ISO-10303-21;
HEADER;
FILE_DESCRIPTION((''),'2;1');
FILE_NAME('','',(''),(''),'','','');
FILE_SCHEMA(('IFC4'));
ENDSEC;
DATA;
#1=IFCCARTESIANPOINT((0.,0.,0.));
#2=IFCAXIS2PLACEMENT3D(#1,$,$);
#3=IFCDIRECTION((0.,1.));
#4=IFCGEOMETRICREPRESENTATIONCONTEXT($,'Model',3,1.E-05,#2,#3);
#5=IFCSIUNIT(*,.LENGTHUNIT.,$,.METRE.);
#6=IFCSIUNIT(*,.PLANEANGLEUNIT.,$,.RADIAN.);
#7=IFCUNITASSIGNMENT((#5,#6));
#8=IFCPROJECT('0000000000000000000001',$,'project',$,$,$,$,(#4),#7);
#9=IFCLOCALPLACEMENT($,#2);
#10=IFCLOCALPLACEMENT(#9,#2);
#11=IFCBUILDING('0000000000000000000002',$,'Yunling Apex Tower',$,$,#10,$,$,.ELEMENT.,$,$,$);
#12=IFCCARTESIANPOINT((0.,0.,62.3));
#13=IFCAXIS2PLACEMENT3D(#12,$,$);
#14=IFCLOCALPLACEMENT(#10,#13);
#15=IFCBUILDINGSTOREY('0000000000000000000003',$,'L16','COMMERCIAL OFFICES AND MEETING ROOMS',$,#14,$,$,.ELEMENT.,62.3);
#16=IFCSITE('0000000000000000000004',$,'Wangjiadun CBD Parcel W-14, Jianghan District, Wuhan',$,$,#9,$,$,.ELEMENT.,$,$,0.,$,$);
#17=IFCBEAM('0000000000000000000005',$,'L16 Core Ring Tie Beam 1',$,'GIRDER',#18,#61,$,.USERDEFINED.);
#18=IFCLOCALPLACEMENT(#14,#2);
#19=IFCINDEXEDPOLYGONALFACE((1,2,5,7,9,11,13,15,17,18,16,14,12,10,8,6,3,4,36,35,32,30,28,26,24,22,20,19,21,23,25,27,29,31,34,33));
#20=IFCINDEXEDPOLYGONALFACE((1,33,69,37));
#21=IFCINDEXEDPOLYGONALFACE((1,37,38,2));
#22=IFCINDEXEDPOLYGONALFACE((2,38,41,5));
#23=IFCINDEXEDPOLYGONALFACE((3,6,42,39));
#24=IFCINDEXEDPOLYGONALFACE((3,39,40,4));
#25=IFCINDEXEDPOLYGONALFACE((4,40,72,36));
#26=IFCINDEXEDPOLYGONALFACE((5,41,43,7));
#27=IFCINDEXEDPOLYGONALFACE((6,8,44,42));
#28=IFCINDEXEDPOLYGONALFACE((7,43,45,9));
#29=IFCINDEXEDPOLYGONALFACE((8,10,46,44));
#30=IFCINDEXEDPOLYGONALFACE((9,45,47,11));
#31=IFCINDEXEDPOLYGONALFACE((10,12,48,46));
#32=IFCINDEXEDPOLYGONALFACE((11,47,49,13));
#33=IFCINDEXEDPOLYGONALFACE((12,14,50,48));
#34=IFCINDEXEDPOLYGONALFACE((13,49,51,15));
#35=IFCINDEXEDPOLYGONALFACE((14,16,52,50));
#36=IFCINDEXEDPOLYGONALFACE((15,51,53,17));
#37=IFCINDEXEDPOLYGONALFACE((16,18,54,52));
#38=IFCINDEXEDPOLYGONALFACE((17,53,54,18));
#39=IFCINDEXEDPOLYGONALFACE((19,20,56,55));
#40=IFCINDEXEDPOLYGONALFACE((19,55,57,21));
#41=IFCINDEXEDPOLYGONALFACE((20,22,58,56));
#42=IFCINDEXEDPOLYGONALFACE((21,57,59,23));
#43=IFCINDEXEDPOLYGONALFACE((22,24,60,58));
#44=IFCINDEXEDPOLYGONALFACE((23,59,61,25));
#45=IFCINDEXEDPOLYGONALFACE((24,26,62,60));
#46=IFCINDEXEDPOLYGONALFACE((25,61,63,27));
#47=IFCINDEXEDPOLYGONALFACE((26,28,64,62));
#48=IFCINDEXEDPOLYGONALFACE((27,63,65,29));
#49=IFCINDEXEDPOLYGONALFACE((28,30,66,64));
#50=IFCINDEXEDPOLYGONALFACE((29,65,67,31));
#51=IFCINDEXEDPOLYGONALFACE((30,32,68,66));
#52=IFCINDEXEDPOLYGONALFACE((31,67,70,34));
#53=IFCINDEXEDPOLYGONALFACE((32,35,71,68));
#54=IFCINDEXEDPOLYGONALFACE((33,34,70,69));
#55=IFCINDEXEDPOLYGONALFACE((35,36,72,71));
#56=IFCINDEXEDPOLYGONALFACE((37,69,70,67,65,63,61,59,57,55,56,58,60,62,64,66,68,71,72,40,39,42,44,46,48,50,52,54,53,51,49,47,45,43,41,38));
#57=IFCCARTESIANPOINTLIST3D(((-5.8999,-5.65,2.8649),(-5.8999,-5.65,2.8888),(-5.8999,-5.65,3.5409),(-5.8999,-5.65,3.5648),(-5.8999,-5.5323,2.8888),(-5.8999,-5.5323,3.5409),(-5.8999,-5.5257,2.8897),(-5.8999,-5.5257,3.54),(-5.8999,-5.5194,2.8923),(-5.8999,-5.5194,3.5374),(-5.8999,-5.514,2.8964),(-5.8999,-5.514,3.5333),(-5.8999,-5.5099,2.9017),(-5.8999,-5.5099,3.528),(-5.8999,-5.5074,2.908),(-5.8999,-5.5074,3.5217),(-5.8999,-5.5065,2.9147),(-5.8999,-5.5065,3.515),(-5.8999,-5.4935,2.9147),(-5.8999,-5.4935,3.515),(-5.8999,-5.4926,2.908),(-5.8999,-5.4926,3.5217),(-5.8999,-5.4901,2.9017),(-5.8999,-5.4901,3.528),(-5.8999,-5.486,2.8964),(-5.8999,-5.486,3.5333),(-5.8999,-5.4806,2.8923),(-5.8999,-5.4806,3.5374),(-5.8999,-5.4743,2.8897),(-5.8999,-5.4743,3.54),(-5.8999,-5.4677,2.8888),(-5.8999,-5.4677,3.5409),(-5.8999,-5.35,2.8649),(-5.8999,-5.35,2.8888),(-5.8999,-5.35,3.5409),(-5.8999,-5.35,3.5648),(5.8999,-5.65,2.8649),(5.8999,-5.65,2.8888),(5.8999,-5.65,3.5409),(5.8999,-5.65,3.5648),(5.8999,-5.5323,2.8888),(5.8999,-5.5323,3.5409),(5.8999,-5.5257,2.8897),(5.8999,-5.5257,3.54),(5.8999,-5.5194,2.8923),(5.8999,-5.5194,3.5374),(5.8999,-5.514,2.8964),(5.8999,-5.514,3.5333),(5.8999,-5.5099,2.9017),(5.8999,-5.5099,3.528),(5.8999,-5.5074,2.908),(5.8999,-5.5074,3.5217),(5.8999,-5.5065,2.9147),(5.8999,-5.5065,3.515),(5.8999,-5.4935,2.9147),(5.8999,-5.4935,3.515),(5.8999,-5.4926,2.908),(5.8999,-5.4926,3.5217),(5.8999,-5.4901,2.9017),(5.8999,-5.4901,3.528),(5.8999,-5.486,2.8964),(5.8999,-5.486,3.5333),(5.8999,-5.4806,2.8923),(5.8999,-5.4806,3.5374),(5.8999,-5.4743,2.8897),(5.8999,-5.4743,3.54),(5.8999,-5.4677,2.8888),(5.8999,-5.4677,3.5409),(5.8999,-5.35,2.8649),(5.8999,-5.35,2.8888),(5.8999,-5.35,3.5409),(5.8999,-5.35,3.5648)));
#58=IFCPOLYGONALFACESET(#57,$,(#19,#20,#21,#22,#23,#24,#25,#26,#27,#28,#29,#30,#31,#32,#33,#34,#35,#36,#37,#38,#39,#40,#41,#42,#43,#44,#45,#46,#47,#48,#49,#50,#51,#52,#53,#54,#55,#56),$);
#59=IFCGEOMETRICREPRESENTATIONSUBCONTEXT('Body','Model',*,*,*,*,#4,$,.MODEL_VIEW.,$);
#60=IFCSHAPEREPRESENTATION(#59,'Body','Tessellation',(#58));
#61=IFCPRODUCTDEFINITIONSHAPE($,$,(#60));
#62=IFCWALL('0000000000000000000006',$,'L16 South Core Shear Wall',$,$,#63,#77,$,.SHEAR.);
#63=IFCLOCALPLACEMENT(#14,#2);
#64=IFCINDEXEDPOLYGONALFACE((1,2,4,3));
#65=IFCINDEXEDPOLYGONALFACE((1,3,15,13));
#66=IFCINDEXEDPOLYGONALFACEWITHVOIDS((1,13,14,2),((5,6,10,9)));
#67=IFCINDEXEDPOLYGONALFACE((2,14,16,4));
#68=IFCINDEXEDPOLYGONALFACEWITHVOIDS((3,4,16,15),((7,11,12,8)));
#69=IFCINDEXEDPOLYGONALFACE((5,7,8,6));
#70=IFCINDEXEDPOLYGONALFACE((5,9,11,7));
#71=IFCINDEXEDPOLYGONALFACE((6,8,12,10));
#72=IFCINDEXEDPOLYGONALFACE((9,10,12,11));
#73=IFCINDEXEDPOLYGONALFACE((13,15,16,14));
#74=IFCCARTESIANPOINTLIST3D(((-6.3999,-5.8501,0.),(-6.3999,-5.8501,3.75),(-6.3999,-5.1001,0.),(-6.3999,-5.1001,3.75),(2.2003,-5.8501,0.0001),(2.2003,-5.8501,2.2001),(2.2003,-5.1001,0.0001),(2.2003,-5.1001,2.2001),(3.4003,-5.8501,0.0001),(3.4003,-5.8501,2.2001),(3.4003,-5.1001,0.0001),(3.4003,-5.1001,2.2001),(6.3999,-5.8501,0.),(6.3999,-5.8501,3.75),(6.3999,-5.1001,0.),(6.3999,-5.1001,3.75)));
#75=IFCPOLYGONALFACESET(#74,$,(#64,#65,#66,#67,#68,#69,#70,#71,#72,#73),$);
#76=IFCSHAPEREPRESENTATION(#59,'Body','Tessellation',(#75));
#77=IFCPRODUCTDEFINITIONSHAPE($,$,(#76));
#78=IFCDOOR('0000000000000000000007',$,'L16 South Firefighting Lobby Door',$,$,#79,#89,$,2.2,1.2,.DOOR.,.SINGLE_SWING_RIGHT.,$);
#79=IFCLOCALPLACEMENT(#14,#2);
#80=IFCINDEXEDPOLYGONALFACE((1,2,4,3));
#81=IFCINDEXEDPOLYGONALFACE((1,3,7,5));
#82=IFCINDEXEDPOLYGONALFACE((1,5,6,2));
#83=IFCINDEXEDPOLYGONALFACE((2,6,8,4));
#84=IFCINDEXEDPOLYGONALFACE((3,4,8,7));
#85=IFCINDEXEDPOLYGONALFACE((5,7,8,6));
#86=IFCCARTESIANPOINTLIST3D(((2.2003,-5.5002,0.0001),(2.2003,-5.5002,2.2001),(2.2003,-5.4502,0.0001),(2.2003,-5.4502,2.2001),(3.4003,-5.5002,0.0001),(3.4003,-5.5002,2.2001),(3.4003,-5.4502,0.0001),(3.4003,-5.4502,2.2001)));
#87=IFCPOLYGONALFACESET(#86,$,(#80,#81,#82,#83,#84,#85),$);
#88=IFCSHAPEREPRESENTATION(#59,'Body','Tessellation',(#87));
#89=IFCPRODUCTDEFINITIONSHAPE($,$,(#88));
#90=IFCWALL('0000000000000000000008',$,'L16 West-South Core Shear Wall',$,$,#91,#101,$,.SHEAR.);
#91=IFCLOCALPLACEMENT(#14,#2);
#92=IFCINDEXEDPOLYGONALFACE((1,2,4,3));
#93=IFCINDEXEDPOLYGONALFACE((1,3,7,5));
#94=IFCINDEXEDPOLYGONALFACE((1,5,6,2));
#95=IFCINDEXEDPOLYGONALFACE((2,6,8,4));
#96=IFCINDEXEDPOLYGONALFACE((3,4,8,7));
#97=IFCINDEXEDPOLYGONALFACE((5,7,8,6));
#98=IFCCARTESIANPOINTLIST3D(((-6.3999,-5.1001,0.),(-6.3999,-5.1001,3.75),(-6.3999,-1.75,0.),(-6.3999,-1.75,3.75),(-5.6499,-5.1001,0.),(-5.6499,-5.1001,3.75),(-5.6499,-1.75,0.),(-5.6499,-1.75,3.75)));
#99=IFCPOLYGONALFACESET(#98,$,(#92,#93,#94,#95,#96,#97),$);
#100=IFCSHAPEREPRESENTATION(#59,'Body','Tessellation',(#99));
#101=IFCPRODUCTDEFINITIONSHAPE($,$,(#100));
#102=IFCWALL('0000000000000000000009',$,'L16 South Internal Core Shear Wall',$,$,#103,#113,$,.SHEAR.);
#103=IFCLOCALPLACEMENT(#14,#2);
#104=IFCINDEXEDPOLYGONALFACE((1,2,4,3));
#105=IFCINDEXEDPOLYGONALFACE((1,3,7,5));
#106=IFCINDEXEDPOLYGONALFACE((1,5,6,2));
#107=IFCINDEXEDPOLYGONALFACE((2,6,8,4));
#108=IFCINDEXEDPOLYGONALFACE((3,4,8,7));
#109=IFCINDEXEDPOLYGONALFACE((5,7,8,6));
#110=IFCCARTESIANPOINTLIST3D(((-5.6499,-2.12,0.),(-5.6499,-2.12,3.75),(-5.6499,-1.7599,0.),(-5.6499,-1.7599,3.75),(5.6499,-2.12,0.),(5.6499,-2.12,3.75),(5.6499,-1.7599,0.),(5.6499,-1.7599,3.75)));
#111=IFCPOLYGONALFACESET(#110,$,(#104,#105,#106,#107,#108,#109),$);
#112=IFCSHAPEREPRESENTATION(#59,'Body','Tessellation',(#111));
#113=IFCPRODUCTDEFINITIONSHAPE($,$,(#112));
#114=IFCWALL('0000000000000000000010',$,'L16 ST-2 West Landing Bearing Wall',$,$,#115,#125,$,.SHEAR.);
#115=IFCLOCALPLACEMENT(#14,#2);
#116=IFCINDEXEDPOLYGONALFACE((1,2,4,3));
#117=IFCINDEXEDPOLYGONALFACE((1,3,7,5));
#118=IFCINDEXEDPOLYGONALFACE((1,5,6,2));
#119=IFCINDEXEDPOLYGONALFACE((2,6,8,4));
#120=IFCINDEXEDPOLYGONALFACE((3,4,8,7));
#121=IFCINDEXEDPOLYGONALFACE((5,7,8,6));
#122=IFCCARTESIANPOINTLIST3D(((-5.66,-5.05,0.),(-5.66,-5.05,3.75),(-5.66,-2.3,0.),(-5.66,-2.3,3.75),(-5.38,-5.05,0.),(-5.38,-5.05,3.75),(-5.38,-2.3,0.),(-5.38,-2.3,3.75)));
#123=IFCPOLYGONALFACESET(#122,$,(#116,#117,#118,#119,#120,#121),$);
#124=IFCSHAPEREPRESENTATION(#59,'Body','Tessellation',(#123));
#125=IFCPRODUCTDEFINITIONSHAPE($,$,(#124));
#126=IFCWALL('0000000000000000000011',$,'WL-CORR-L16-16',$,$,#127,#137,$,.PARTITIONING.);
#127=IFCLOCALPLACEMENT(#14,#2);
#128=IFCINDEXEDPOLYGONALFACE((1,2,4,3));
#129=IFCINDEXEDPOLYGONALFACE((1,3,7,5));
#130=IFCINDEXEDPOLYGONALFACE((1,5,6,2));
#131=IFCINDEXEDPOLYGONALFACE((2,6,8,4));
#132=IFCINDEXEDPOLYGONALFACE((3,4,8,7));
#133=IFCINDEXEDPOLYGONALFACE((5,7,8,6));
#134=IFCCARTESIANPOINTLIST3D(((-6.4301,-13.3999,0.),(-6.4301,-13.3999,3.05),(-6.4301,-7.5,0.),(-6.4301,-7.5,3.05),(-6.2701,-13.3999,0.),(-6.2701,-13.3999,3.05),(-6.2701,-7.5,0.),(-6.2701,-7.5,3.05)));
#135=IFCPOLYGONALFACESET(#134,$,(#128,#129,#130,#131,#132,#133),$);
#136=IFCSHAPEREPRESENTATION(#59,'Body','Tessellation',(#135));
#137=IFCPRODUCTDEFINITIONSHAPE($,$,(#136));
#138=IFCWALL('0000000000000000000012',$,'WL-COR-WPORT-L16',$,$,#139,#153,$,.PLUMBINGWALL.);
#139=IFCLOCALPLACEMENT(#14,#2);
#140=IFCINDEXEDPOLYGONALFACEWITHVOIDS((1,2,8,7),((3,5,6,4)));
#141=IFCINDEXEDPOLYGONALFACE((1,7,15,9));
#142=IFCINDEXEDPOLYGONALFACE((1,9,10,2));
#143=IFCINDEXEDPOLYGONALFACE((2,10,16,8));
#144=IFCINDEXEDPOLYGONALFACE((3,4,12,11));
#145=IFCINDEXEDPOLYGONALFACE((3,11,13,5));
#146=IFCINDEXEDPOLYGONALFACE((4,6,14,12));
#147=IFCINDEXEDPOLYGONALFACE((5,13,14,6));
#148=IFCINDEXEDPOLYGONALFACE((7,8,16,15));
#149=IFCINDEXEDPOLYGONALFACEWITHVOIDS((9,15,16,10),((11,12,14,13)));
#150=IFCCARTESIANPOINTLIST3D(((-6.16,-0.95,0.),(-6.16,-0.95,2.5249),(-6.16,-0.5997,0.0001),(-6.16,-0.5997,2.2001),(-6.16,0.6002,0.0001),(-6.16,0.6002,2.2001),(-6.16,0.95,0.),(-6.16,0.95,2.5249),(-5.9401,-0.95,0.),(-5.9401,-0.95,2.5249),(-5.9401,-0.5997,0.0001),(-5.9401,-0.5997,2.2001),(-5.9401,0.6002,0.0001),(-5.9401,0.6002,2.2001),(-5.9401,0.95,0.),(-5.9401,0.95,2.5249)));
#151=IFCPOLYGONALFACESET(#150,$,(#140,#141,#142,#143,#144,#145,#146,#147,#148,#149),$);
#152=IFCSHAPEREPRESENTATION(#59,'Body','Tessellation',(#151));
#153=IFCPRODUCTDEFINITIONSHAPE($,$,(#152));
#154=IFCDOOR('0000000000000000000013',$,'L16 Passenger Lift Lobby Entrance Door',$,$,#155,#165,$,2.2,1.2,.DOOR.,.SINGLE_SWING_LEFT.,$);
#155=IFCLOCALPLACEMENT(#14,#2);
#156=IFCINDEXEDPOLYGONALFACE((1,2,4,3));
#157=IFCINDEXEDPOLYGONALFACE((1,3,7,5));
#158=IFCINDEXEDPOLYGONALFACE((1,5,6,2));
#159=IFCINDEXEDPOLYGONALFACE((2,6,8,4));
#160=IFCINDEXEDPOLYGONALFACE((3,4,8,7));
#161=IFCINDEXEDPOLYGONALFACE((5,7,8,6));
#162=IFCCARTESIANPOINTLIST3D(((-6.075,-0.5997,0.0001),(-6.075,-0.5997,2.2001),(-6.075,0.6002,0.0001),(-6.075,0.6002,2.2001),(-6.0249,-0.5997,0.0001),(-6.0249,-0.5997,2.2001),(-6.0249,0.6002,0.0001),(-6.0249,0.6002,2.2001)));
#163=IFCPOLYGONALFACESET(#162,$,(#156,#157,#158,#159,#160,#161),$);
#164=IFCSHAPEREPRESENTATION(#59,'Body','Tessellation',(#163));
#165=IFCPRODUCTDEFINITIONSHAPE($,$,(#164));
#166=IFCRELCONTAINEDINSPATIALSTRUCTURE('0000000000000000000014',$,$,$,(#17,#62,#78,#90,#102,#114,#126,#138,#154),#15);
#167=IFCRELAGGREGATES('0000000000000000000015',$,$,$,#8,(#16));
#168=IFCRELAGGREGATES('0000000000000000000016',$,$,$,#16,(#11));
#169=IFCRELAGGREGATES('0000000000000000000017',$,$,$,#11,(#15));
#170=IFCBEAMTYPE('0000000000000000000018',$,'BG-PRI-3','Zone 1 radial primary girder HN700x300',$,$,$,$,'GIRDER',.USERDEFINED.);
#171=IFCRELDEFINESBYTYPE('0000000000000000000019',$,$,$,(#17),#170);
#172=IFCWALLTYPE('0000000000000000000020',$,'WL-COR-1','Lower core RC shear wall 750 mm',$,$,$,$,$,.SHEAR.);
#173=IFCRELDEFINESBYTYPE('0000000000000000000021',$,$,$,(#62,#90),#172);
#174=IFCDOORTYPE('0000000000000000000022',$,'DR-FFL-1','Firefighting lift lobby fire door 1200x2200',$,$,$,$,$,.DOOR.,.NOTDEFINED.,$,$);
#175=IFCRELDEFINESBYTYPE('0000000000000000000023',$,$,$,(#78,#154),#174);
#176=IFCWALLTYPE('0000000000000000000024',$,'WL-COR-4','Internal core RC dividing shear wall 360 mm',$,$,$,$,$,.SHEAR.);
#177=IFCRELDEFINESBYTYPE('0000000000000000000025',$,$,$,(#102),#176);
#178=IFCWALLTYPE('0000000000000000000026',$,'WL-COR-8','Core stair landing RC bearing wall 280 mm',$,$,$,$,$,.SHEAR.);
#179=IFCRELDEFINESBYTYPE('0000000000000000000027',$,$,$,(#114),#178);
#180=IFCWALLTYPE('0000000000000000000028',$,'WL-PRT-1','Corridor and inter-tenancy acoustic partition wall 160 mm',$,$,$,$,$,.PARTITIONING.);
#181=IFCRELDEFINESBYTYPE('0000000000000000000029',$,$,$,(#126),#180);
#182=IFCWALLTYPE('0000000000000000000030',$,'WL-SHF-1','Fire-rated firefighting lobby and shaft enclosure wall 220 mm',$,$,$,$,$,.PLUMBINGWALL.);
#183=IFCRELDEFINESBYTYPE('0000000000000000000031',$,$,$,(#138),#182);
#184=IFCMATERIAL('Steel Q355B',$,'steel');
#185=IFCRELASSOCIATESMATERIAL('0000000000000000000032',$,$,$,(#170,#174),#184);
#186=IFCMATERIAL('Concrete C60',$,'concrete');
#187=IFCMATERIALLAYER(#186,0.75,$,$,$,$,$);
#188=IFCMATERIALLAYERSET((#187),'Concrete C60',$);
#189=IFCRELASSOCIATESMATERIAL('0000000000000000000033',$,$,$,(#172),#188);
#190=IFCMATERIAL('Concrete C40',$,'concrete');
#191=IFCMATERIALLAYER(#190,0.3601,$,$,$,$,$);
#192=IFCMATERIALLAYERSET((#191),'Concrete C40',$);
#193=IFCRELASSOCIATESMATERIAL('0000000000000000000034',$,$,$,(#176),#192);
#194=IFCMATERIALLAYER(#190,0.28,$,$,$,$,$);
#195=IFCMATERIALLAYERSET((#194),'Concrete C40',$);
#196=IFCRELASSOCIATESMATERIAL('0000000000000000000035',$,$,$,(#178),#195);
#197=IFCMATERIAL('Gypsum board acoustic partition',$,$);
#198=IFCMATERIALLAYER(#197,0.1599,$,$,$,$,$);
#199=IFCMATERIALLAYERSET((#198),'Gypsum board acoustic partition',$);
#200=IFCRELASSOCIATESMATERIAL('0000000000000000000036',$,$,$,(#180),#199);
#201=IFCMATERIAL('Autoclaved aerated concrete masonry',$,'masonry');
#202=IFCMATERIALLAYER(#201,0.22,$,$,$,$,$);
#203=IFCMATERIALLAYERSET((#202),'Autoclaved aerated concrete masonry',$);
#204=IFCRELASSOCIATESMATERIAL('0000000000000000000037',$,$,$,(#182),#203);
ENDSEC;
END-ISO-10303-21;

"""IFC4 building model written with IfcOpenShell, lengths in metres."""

from ifc_helpers import new_model, si_unit, direction, frame, frame_2d, origin, origin_2d, place, context, subcontext, project, spatial, rectangle, i_section, extrude, source, transform, mapped, material, layer, layer_set, material_profile, profile_set, type_object, element, fill, save


model = new_model("IFC4")

# Units and contexts
model_context = context("Model", 3, precision=1e-05, world=origin(), true_north=direction((0.0, 1.0)))
body_context = subcontext(model_context, "Body", "Model", "MODEL_VIEW")
ifc_project = project(units=[si_unit("LENGTHUNIT", "METRE"), si_unit("PLANEANGLEUNIT", "RADIAN")], contexts=[model_context])

# Site, building, storey
site_placement = place(None, origin())
site = spatial("IfcSite", under=ifc_project, at=site_placement, Name="Wangjiadun CBD Parcel W-14, Jianghan District, Wuhan", CompositionType="ELEMENT", RefElevation=0.0)
building_placement = place(site_placement, origin())
building = spatial("IfcBuilding", under=site, at=building_placement, Name="Yunling Apex Tower", CompositionType="ELEMENT")
storey_placement = place(building_placement, frame((0.0, 0.0, 62.3)))
storey = spatial("IfcBuildingStorey", under=building, at=storey_placement, Name="L16", Description="COMMERCIAL OFFICES AND MEETING ROOMS", CompositionType="ELEMENT", Elevation=62.3)

# Shared definitions
ifc_material_1 = material(Name="Concrete C60", Category="concrete")

# Beam
ifc_material_2 = material(Name="Steel Q355B", Category="steel")
ifc_material_profile_1 = material_profile(ifc_material_2, i_section(OverallWidth=0.3, OverallDepth=0.7, WebThickness=0.0129, FlangeThickness=0.0239, FilletRadius=0.0259, at=origin_2d()))
ifc_profile_set_1 = profile_set([ifc_material_profile_1], Name="Steel Q355B")
beam_type_1 = type_object("IfcBeamType", Name="BG-PRI-3", Description="Zone 1 radial primary girder HN700x300", ElementType="GIRDER", PredefinedType="USERDEFINED", material=ifc_profile_set_1)
shared_shape_1 = source(origin(), body_context, "Body", "SweptSolid", [
    extrude(i_section(OverallWidth=0.3, OverallDepth=0.7, WebThickness=0.0129, FlangeThickness=0.0239, FilletRadius=0.0259, at=origin_2d()), origin(), (0.0, 0.0, 1.0), 11.7998),
])
beam_1_placement = place(storey_placement, frame((-5.8999, -5.5, 3.2148), z_axis=(1.0, 0.0, 0.0), x_axis=(0.0, 1.0, 0.0)))
element("IfcBeam", 1, at=beam_1_placement, inside=storey, type_object=beam_type_1, Name="L16 Core Ring Tie Beam 1", ObjectType="GIRDER", PredefinedType="USERDEFINED", context=body_context, shape_type="MappedRepresentation", body=[
    mapped(shared_shape_1, transform((0.0, 0.0, 0.0), scale=1.0)),
])

# Wall, opening, door
ifc_layer_1 = layer(ifc_material_1, 0.75)
ifc_layer_set_1 = layer_set([ifc_layer_1], Name="Concrete C60")
wall_type_1 = type_object("IfcWallType", Name="WL-COR-1", Description="Lower core RC shear wall 750 mm", PredefinedType="SHEAR", material=ifc_layer_set_1)
wall_1_placement = place(storey_placement, frame((-6.3999, -5.4751, 0.0), z_axis=(0.0, 0.0, 1.0), x_axis=(1.0, 0.0, 0.0)))
wall_1 = element("IfcWall", 2, at=wall_1_placement, inside=storey, type_object=wall_type_1, Name="L16 South Core Shear Wall", PredefinedType="SHEAR", context=body_context, shape_type="SweptSolid", body=[
    extrude(rectangle(XDim=12.7998, YDim=0.75, at=frame_2d((6.3999, 0.0))), origin(), (0.0, 0.0, 1.0), 3.75),
])
opening_1_placement = place(wall_1_placement, frame((8.6001, 0.0, 0.0)))
opening_1 = element("IfcOpeningElement", 3, at=opening_1_placement, cuts=wall_1, PredefinedType="OPENING", context=body_context, shape_type="SweptSolid", body=[
    extrude(rectangle(XDim=1.2, YDim=2.2, at=frame_2d((0.6001, 1.1001))), frame((0.0, 0.385, 0.0), z_axis=(0.0, -1.0, 0.0), x_axis=(1.0, 0.0, 0.0)), (0.0, 0.0, 1.0), 0.77),
])
door_type_1 = type_object("IfcDoorType", Name="DR-FFL-1", Description="Firefighting lift lobby fire door 1200x2200", OperationType="NOTDEFINED", PredefinedType="DOOR", material=ifc_material_2)
door_1_placement = place(opening_1_placement, origin())
door_1 = element("IfcDoor", 4, at=door_1_placement, inside=storey, type_object=door_type_1, Name="L16 South Firefighting Lobby Door", OperationType="SINGLE_SWING_RIGHT", OverallHeight=2.2, OverallWidth=1.2, PredefinedType="DOOR", context=body_context, shape_type="SweptSolid", body=[
    extrude(rectangle(XDim=1.2, YDim=2.2, at=frame_2d((0.6001, 1.1001))), frame((0.0, 0.0249, 0.0), z_axis=(0.0, -1.0, 0.0), x_axis=(1.0, 0.0, 0.0)), (0.0, 0.0, 1.0), 0.05),
])
fill(opening_1, door_1)

# Walls
wall_2_placement = place(storey_placement, frame((-6.0249, -5.1001, 0.0), z_axis=(0.0, 0.0, 1.0), x_axis=(0.0, 1.0, 0.0)))
element("IfcWall", 5, at=wall_2_placement, inside=storey, type_object=wall_type_1, Name="L16 West-South Core Shear Wall", PredefinedType="SHEAR", context=body_context, shape_type="SweptSolid", body=[
    extrude(rectangle(XDim=3.3501, YDim=0.75, at=frame_2d((1.675, 0.0))), origin(), (0.0, 0.0, 1.0), 3.75),
])
ifc_material_3 = material(Name="Concrete C40", Category="concrete")
ifc_layer_2 = layer(ifc_material_3, 0.3601)
ifc_layer_set_2 = layer_set([ifc_layer_2], Name="Concrete C40")
wall_type_2 = type_object("IfcWallType", Name="WL-COR-4", Description="Internal core RC dividing shear wall 360 mm", PredefinedType="SHEAR", material=ifc_layer_set_2)
wall_3_placement = place(storey_placement, frame((-5.6499, -1.9399, 0.0), z_axis=(0.0, 0.0, 1.0), x_axis=(1.0, 0.0, 0.0)))
element("IfcWall", 6, at=wall_3_placement, inside=storey, type_object=wall_type_2, Name="L16 South Internal Core Shear Wall", PredefinedType="SHEAR", context=body_context, shape_type="SweptSolid", body=[
    extrude(rectangle(XDim=11.2998, YDim=0.3601, at=frame_2d((5.6499, 0.0))), origin(), (0.0, 0.0, 1.0), 3.75),
])
ifc_layer_3 = layer(ifc_material_3, 0.28)
ifc_layer_set_3 = layer_set([ifc_layer_3], Name="Concrete C40")
wall_type_3 = type_object("IfcWallType", Name="WL-COR-8", Description="Core stair landing RC bearing wall 280 mm", PredefinedType="SHEAR", material=ifc_layer_set_3)
wall_4_placement = place(storey_placement, frame((-5.52, -5.05, 0.0), z_axis=(0.0, 0.0, 1.0), x_axis=(0.0, 1.0, 0.0)))
element("IfcWall", 7, at=wall_4_placement, inside=storey, type_object=wall_type_3, Name="L16 ST-2 West Landing Bearing Wall", PredefinedType="SHEAR", context=body_context, shape_type="SweptSolid", body=[
    extrude(rectangle(XDim=2.75, YDim=0.28, at=frame_2d((1.375, 0.0))), origin(), (0.0, 0.0, 1.0), 3.75),
])
ifc_material_4 = material(Name="Gypsum board acoustic partition")
ifc_layer_4 = layer(ifc_material_4, 0.1599)
ifc_layer_set_4 = layer_set([ifc_layer_4], Name="Gypsum board acoustic partition")
wall_type_4 = type_object("IfcWallType", Name="WL-PRT-1", Description="Corridor and inter-tenancy acoustic partition wall 160 mm", PredefinedType="PARTITIONING", material=ifc_layer_set_4)
wall_5_placement = place(storey_placement, frame((-6.3501, -7.5, 0.0), z_axis=(0.0, 0.0, 1.0), x_axis=(0.0, -1.0, 0.0)))
element("IfcWall", 8, at=wall_5_placement, inside=storey, type_object=wall_type_4, Name="WL-CORR-L16-16", PredefinedType="PARTITIONING", context=body_context, shape_type="SweptSolid", body=[
    extrude(rectangle(XDim=5.8999, YDim=0.1599, at=frame_2d((2.95, 0.0))), origin(), (0.0, 0.0, 1.0), 3.05),
])

# Wall, opening, door
ifc_material_5 = material(Name="Autoclaved aerated concrete masonry", Category="masonry")
ifc_layer_5 = layer(ifc_material_5, 0.22)
ifc_layer_set_5 = layer_set([ifc_layer_5], Name="Autoclaved aerated concrete masonry")
wall_type_5 = type_object("IfcWallType", Name="WL-SHF-1", Description="Fire-rated firefighting lobby and shaft enclosure wall 220 mm", PredefinedType="PLUMBINGWALL", material=ifc_layer_set_5)
wall_6_placement = place(storey_placement, frame((-6.05, -0.95, 0.0), z_axis=(0.0, 0.0, 1.0), x_axis=(0.0, 1.0, 0.0)))
wall_6 = element("IfcWall", 9, at=wall_6_placement, inside=storey, type_object=wall_type_5, Name="WL-COR-WPORT-L16", PredefinedType="PLUMBINGWALL", context=body_context, shape_type="SweptSolid", body=[
    extrude(rectangle(XDim=1.8999, YDim=0.22, at=frame_2d((0.95, 0.0))), origin(), (0.0, 0.0, 1.0), 2.5249),
])
opening_2_placement = place(wall_6_placement, frame((0.3501, 0.0, 0.0)))
opening_2 = element("IfcOpeningElement", 10, at=opening_2_placement, cuts=wall_6, PredefinedType="OPENING", context=body_context, shape_type="SweptSolid", body=[
    extrude(rectangle(XDim=1.2, YDim=2.2, at=frame_2d((0.6001, 1.1001))), frame((0.0, 0.1201, 0.0), z_axis=(0.0, -1.0, 0.0), x_axis=(1.0, 0.0, 0.0)), (0.0, 0.0, 1.0), 0.24),
])
door_2_placement = place(opening_2_placement, origin())
door_2 = element("IfcDoor", 11, at=door_2_placement, inside=storey, type_object=door_type_1, Name="L16 Passenger Lift Lobby Entrance Door", OperationType="SINGLE_SWING_LEFT", OverallHeight=2.2, OverallWidth=1.2, PredefinedType="DOOR", context=body_context, shape_type="SweptSolid", body=[
    extrude(rectangle(XDim=1.2, YDim=2.2, at=frame_2d((0.6001, 1.1001))), frame((0.0, 0.0249, 0.0), z_axis=(0.0, -1.0, 0.0), x_axis=(1.0, 0.0, 0.0)), (0.0, 0.0, 1.0), 0.05),
])
fill(opening_2, door_2)

save(model, "model.ifc")
